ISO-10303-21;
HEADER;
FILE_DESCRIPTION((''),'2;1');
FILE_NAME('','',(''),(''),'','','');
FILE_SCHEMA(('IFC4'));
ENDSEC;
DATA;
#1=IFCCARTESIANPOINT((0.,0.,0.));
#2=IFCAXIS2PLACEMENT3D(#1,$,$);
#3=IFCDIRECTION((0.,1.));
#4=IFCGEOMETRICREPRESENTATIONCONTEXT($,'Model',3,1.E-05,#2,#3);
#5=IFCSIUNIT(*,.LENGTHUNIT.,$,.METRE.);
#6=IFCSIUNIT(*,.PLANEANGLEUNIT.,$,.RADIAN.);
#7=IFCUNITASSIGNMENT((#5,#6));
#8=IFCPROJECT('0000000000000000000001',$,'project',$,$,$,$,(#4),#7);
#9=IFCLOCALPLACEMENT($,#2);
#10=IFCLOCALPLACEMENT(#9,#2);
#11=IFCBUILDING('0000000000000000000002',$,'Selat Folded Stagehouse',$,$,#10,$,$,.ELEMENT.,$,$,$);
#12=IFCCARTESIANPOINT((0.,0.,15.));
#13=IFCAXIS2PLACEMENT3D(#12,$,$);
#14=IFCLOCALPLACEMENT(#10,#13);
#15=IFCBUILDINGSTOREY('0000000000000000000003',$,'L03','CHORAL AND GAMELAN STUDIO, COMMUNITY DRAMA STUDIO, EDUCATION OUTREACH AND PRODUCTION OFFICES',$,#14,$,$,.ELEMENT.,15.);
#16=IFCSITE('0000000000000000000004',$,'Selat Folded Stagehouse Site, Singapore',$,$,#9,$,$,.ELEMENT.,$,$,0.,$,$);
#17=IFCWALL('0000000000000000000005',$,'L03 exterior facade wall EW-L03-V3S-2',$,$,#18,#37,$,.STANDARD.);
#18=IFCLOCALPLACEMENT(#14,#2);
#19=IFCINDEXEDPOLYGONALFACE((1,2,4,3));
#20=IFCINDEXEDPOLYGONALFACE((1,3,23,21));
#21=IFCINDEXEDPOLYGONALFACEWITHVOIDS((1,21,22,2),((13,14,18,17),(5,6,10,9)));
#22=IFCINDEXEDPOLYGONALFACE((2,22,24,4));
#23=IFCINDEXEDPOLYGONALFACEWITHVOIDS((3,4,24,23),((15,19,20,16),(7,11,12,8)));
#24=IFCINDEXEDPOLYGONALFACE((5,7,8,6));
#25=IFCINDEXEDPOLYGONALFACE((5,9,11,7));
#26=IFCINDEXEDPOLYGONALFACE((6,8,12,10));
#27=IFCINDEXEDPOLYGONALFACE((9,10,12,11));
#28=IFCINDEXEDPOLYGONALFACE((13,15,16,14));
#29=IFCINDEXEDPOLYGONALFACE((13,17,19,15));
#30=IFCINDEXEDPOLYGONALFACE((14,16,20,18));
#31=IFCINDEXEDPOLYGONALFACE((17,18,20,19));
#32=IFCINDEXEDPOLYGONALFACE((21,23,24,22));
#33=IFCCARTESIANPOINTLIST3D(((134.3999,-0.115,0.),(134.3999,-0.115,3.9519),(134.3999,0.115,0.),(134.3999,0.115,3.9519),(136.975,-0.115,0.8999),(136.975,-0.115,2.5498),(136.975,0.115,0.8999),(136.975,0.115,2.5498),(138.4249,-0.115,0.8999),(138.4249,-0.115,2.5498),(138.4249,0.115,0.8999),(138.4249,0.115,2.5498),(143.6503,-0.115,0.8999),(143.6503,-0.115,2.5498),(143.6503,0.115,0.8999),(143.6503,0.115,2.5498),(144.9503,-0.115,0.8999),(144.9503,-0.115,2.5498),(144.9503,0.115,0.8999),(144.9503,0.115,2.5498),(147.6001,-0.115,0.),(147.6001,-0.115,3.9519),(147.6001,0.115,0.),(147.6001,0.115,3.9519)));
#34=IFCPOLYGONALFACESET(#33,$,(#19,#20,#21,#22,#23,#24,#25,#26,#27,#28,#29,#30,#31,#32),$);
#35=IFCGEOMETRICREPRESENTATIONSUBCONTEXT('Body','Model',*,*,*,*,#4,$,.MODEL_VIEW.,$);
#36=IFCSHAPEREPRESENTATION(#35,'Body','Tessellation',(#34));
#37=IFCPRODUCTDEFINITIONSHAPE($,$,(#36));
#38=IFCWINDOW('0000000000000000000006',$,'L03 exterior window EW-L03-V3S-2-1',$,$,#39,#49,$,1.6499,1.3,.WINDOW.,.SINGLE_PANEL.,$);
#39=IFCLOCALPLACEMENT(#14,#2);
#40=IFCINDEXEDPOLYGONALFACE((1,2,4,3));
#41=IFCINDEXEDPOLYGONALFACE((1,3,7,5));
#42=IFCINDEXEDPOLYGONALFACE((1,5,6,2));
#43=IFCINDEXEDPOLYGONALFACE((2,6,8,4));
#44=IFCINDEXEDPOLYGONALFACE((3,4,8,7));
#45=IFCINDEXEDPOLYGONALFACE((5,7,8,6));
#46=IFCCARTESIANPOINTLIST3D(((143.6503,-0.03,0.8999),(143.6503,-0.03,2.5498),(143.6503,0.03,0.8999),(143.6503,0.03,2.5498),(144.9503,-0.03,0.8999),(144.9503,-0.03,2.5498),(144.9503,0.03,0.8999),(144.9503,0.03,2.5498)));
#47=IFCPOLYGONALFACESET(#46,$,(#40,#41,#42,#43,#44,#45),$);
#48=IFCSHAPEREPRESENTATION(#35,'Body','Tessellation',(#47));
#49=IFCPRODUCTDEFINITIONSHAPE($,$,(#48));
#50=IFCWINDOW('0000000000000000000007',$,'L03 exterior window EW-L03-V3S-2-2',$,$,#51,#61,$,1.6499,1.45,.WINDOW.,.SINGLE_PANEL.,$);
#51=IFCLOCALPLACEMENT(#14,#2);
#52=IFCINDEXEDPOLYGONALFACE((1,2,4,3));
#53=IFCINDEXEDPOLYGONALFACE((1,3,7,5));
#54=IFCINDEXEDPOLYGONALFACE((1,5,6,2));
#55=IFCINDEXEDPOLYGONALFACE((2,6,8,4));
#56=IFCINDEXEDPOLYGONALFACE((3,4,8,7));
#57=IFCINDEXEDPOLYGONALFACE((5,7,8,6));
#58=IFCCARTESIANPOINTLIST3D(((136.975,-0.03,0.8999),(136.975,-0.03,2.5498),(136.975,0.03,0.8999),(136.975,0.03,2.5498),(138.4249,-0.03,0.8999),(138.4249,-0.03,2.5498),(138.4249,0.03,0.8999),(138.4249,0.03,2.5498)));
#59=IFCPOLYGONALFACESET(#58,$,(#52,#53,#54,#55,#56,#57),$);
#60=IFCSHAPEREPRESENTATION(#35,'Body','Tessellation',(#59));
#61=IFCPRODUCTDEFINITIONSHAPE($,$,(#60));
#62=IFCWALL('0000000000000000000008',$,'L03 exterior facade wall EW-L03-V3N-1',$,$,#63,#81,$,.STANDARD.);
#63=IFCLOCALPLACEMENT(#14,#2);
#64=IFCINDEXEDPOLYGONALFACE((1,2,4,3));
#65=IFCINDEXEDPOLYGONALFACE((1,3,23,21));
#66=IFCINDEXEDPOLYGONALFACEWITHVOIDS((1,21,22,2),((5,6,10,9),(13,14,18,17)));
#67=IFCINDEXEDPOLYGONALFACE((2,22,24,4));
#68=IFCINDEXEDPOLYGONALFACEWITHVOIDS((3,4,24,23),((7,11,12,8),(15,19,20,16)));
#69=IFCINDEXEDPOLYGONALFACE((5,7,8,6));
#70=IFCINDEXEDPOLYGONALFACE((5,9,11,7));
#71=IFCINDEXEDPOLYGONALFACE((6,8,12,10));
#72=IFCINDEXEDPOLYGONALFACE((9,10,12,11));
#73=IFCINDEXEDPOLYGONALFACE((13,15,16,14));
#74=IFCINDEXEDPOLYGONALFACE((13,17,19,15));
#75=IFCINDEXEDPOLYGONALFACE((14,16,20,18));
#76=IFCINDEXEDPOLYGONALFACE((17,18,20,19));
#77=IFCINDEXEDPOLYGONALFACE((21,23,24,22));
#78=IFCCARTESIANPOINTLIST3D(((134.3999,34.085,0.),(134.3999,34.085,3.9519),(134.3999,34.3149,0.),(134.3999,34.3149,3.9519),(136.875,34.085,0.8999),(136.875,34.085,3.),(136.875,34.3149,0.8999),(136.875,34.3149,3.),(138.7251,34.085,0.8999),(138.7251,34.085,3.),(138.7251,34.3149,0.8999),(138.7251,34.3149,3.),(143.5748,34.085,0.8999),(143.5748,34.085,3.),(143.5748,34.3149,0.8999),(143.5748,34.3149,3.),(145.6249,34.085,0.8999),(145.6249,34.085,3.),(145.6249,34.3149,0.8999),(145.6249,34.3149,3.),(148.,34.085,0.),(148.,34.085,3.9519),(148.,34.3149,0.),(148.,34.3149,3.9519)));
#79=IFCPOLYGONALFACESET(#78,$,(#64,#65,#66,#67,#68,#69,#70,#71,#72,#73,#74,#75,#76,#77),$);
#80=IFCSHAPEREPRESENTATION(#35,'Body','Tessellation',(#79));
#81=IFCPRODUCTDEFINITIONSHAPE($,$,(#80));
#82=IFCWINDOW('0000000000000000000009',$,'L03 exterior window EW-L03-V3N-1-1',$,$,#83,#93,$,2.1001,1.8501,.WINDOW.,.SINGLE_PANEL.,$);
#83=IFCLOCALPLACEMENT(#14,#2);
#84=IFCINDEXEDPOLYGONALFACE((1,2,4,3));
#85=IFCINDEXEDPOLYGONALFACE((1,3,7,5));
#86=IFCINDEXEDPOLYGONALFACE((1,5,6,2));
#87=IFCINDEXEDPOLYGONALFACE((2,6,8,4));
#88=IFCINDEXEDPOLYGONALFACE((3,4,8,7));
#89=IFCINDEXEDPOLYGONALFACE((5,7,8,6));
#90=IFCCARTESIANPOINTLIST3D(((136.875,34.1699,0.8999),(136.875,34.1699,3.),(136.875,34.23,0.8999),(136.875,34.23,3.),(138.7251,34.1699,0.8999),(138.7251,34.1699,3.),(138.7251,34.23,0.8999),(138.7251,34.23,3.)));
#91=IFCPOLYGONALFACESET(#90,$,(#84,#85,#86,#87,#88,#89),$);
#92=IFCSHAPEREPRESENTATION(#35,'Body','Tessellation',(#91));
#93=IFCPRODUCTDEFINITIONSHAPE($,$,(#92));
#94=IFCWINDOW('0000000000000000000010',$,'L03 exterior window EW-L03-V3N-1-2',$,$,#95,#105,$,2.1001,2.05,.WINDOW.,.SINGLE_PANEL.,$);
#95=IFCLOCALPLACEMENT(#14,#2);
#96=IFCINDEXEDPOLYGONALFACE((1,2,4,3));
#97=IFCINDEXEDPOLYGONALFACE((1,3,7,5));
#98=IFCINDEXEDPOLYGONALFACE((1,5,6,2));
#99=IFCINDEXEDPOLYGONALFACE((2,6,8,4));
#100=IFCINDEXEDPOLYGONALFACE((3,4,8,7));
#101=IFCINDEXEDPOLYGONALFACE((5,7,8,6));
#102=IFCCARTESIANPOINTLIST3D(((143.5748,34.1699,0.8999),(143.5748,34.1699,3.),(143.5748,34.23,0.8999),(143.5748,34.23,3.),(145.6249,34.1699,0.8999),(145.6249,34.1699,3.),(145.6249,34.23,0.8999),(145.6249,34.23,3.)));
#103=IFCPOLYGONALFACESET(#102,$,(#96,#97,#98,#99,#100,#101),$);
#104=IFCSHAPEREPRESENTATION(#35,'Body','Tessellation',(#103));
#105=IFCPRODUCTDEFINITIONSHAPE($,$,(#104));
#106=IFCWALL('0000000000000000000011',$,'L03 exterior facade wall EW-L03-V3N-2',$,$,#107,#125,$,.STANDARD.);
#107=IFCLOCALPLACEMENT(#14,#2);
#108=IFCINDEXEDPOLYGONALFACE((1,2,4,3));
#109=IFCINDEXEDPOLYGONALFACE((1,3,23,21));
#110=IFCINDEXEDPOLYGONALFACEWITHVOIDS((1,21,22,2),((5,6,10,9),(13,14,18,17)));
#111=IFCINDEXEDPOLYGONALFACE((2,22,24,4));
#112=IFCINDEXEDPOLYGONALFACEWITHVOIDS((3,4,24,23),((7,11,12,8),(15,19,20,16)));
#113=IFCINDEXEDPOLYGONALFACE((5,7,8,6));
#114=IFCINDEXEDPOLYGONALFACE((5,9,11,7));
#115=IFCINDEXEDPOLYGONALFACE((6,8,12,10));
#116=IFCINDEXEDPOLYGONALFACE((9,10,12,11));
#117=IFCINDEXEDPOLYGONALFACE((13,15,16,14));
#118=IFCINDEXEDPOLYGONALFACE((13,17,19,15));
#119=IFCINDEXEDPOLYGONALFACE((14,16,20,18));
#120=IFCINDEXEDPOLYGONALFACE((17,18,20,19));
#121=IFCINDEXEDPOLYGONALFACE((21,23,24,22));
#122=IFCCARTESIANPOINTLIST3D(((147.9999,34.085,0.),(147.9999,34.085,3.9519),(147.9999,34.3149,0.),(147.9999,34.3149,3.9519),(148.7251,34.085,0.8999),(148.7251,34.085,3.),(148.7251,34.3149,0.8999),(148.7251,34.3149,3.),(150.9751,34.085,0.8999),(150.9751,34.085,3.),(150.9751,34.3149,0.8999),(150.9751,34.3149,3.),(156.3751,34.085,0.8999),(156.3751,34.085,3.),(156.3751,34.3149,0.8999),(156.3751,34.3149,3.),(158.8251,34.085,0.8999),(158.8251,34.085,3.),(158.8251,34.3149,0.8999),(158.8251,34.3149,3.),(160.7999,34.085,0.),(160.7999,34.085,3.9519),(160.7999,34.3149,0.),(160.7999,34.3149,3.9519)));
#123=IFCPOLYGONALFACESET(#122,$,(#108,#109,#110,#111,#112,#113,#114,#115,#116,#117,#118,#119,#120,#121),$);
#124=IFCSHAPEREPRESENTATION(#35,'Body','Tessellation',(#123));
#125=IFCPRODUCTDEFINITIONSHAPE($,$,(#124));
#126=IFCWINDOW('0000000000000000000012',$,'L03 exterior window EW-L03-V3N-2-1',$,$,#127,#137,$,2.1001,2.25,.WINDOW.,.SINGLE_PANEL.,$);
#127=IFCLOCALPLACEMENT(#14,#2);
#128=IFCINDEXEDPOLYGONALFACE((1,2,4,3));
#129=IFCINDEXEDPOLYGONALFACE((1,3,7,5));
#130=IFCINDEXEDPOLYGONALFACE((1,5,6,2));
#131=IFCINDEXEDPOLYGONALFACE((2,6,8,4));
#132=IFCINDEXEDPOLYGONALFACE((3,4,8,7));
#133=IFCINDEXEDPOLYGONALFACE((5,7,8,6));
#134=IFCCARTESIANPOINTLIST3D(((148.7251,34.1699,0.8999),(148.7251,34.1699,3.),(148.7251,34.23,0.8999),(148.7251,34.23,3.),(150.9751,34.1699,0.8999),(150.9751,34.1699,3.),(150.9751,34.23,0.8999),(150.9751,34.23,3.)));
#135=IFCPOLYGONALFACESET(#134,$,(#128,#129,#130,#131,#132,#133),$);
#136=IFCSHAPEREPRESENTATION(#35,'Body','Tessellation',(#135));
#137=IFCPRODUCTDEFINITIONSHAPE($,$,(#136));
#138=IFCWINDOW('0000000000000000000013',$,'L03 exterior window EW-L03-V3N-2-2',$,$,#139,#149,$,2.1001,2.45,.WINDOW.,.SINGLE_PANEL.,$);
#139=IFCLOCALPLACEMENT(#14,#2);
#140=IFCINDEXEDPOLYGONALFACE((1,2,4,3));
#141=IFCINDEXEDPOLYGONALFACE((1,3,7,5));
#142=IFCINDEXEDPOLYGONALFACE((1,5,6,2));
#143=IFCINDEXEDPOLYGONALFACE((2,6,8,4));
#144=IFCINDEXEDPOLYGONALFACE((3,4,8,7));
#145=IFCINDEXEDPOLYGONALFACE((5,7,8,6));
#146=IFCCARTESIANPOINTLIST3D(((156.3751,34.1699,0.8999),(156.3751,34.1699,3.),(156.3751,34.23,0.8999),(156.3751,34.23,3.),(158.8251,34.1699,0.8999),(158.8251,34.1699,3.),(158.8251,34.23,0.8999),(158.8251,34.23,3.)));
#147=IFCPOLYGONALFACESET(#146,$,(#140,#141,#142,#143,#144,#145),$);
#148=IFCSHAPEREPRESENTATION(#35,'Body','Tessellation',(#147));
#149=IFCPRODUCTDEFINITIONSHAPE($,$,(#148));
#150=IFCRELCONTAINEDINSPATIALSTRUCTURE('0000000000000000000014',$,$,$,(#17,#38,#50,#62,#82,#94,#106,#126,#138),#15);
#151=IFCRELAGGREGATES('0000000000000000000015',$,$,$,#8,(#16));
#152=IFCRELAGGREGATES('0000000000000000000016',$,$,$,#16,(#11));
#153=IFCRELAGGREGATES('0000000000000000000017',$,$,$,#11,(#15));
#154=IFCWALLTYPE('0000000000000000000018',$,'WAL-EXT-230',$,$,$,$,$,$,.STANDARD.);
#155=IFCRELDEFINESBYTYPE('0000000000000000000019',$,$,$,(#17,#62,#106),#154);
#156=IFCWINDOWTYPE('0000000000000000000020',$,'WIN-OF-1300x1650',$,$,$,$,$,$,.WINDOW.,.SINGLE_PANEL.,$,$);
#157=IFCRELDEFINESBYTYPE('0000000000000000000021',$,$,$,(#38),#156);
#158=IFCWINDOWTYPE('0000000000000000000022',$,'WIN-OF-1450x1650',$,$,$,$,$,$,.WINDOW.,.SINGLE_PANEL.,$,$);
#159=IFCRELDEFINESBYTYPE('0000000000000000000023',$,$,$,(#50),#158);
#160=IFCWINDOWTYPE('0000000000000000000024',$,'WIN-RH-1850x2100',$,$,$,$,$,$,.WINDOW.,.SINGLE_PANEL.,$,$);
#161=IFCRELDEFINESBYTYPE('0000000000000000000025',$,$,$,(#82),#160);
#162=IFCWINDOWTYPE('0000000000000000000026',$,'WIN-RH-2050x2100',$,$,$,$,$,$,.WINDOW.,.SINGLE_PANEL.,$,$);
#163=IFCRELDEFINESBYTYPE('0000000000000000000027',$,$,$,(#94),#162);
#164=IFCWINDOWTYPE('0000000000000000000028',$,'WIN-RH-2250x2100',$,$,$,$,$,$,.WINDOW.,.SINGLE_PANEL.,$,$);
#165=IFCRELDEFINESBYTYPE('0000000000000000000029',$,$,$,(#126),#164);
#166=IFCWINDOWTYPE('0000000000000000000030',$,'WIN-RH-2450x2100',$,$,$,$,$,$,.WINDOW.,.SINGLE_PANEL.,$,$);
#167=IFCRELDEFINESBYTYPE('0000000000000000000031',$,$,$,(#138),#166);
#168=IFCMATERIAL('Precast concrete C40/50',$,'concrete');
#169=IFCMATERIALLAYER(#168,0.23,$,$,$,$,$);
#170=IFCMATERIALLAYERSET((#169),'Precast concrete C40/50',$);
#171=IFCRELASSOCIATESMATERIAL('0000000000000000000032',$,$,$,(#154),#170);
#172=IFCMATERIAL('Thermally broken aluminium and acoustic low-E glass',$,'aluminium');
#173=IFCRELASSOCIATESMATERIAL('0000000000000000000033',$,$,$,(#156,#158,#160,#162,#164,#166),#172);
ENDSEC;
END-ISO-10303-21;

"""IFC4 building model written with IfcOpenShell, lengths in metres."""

from ifc_helpers import new_model, si_unit, direction, frame, frame_2d, origin, place, context, subcontext, project, spatial, rectangle, extrude, material, layer, layer_set, type_object, element, fill, save


model = new_model("IFC4")

# Units and contexts
model_context = context("Model", 3, precision=1e-05, world=origin(), true_north=direction((0.0, 1.0)))
body_context = subcontext(model_context, "Body", "Model", "MODEL_VIEW")
ifc_project = project(units=[si_unit("LENGTHUNIT", "METRE"), si_unit("PLANEANGLEUNIT", "RADIAN")], contexts=[model_context])

# Site, building, storey
site_placement = place(None, origin())
site = spatial("IfcSite", under=ifc_project, at=site_placement, Name="Selat Folded Stagehouse Site, Singapore", CompositionType="ELEMENT", RefElevation=0.0)
building_placement = place(site_placement, origin())
building = spatial("IfcBuilding", under=site, at=building_placement, Name="Selat Folded Stagehouse", CompositionType="ELEMENT")
storey_placement = place(building_placement, frame((0.0, 0.0, 15.0)))
storey = spatial("IfcBuildingStorey", under=building, at=storey_placement, Name="L03", Description="CHORAL AND GAMELAN STUDIO, COMMUNITY DRAMA STUDIO, EDUCATION OUTREACH AND PRODUCTION OFFICES", CompositionType="ELEMENT", Elevation=15.0)

# Walls, openings, windows
ifc_material_1 = material(Name="Precast concrete C40/50", Category="concrete")
ifc_layer_1 = layer(ifc_material_1, 0.23)
ifc_layer_set_1 = layer_set([ifc_layer_1], Name="Precast concrete C40/50")
wall_type_1 = type_object("IfcWallType", Name="WAL-EXT-230", PredefinedType="STANDARD", material=ifc_layer_set_1)
wall_1_placement = place(storey_placement, frame((147.6001, 0.0, 0.0), z_axis=(0.0, 0.0, 1.0), x_axis=(-1.0, 0.0, 0.0)))
wall_1 = element("IfcWall", 1, at=wall_1_placement, inside=storey, type_object=wall_type_1, Name="L03 exterior facade wall EW-L03-V3S-2", PredefinedType="STANDARD", context=body_context, shape_type="SweptSolid", body=[
    extrude(rectangle(XDim=13.2002, YDim=0.23, at=frame_2d((6.6001, 0.0))), origin(), (0.0, 0.0, 1.0), 3.9519),
])
opening_1_placement = place(wall_1_placement, frame((2.6499, 0.0, 0.8999)))
opening_1 = element("IfcOpeningElement", 2, at=opening_1_placement, cuts=wall_1, PredefinedType="OPENING", context=body_context, shape_type="SweptSolid", body=[
    extrude(rectangle(XDim=1.3, YDim=1.6499, at=frame_2d((0.6499, 0.825))), frame((0.0, 0.125, 0.0), z_axis=(0.0, -1.0, 0.0), x_axis=(1.0, 0.0, 0.0)), (0.0, 0.0, 1.0), 0.25),
])
opening_2_placement = place(wall_1_placement, frame((9.175, 0.0, 0.8999)))
opening_2 = element("IfcOpeningElement", 3, at=opening_2_placement, cuts=wall_1, PredefinedType="OPENING", context=body_context, shape_type="SweptSolid", body=[
    extrude(rectangle(XDim=1.45, YDim=1.6499, at=frame_2d((0.7251, 0.825))), frame((0.0, 0.125, 0.0), z_axis=(0.0, -1.0, 0.0), x_axis=(1.0, 0.0, 0.0)), (0.0, 0.0, 1.0), 0.25),
])
ifc_material_2 = material(Name="Thermally broken aluminium and acoustic low-E glass", Category="aluminium")
window_type_1 = type_object("IfcWindowType", Name="WIN-OF-1300x1650", PartitioningType="SINGLE_PANEL", PredefinedType="WINDOW", material=ifc_material_2)
window_1_placement = place(opening_1_placement, origin())
window_1 = element("IfcWindow", 4, at=window_1_placement, inside=storey, type_object=window_type_1, Name="L03 exterior window EW-L03-V3S-2-1", OverallHeight=1.6499, OverallWidth=1.3, PartitioningType="SINGLE_PANEL", PredefinedType="WINDOW", context=body_context, shape_type="SweptSolid", body=[
    extrude(rectangle(XDim=1.3, YDim=1.6499, at=frame_2d((0.6499, 0.825))), frame((0.0, 0.03, 0.0), z_axis=(0.0, -1.0, 0.0), x_axis=(1.0, 0.0, 0.0)), (0.0, 0.0, 1.0), 0.0601),
])
fill(opening_1, window_1)
window_type_2 = type_object("IfcWindowType", Name="WIN-OF-1450x1650", PartitioningType="SINGLE_PANEL", PredefinedType="WINDOW", material=ifc_material_2)
window_2_placement = place(opening_2_placement, origin())
window_2 = element("IfcWindow", 5, at=window_2_placement, inside=storey, type_object=window_type_2, Name="L03 exterior window EW-L03-V3S-2-2", OverallHeight=1.6499, OverallWidth=1.45, PartitioningType="SINGLE_PANEL", PredefinedType="WINDOW", context=body_context, shape_type="SweptSolid", body=[
    extrude(rectangle(XDim=1.45, YDim=1.6499, at=frame_2d((0.7251, 0.825))), frame((0.0, 0.03, 0.0), z_axis=(0.0, -1.0, 0.0), x_axis=(1.0, 0.0, 0.0)), (0.0, 0.0, 1.0), 0.0601),
])
fill(opening_2, window_2)
wall_2_placement = place(storey_placement, frame((134.3999, 34.2, 0.0), z_axis=(0.0, 0.0, 1.0), x_axis=(1.0, 0.0, 0.0)))
wall_2 = element("IfcWall", 6, at=wall_2_placement, inside=storey, type_object=wall_type_1, Name="L03 exterior facade wall EW-L03-V3N-1", PredefinedType="STANDARD", context=body_context, shape_type="SweptSolid", body=[
    extrude(rectangle(XDim=13.6001, YDim=0.23, at=frame_2d((6.8, 0.0))), origin(), (0.0, 0.0, 1.0), 3.9519),
])
opening_3_placement = place(wall_2_placement, frame((2.4751, 0.0, 0.8999)))
opening_3 = element("IfcOpeningElement", 7, at=opening_3_placement, cuts=wall_2, PredefinedType="OPENING", context=body_context, shape_type="SweptSolid", body=[
    extrude(rectangle(XDim=1.8501, YDim=2.1001, at=frame_2d((0.925, 1.05))), frame((0.0, 0.125, 0.0), z_axis=(0.0, -1.0, 0.0), x_axis=(1.0, 0.0, 0.0)), (0.0, 0.0, 1.0), 0.25),
])
opening_4_placement = place(wall_2_placement, frame((9.175, 0.0, 0.8999)))
opening_4 = element("IfcOpeningElement", 8, at=opening_4_placement, cuts=wall_2, PredefinedType="OPENING", context=body_context, shape_type="SweptSolid", body=[
    extrude(rectangle(XDim=2.05, YDim=2.1001, at=frame_2d((1.0249, 1.05))), frame((0.0, 0.125, 0.0), z_axis=(0.0, -1.0, 0.0), x_axis=(1.0, 0.0, 0.0)), (0.0, 0.0, 1.0), 0.25),
])
window_type_3 = type_object("IfcWindowType", Name="WIN-RH-1850x2100", PartitioningType="SINGLE_PANEL", PredefinedType="WINDOW", material=ifc_material_2)
window_3_placement = place(opening_3_placement, origin())
window_3 = element("IfcWindow", 9, at=window_3_placement, inside=storey, type_object=window_type_3, Name="L03 exterior window EW-L03-V3N-1-1", OverallHeight=2.1001, OverallWidth=1.8501, PartitioningType="SINGLE_PANEL", PredefinedType="WINDOW", context=body_context, shape_type="SweptSolid", body=[
    extrude(rectangle(XDim=1.8501, YDim=2.1001, at=frame_2d((0.925, 1.05))), frame((0.0, 0.03, 0.0), z_axis=(0.0, -1.0, 0.0), x_axis=(1.0, 0.0, 0.0)), (0.0, 0.0, 1.0), 0.0601),
])
fill(opening_3, window_3)
window_type_4 = type_object("IfcWindowType", Name="WIN-RH-2050x2100", PartitioningType="SINGLE_PANEL", PredefinedType="WINDOW", material=ifc_material_2)
window_4_placement = place(opening_4_placement, origin())
window_4 = element("IfcWindow", 10, at=window_4_placement, inside=storey, type_object=window_type_4, Name="L03 exterior window EW-L03-V3N-1-2", OverallHeight=2.1001, OverallWidth=2.05, PartitioningType="SINGLE_PANEL", PredefinedType="WINDOW", context=body_context, shape_type="SweptSolid", body=[
    extrude(rectangle(XDim=2.05, YDim=2.1001, at=frame_2d((1.0249, 1.05))), frame((0.0, 0.03, 0.0), z_axis=(0.0, -1.0, 0.0), x_axis=(1.0, 0.0, 0.0)), (0.0, 0.0, 1.0), 0.0601),
])
fill(opening_4, window_4)
wall_3_placement = place(storey_placement, frame((148.0, 34.2, 0.0), z_axis=(0.0, 0.0, 1.0), x_axis=(1.0, 0.0, 0.0)))
wall_3 = element("IfcWall", 11, at=wall_3_placement, inside=storey, type_object=wall_type_1, Name="L03 exterior facade wall EW-L03-V3N-2", PredefinedType="STANDARD", context=body_context, shape_type="SweptSolid", body=[
    extrude(rectangle(XDim=12.8, YDim=0.23, at=frame_2d((6.3999, 0.0))), origin(), (0.0, 0.0, 1.0), 3.9519),
])
opening_5_placement = place(wall_3_placement, frame((0.7251, 0.0, 0.8999)))
opening_5 = element("IfcOpeningElement", 12, at=opening_5_placement, cuts=wall_3, PredefinedType="OPENING", context=body_context, shape_type="SweptSolid", body=[
    extrude(rectangle(XDim=2.25, YDim=2.1001, at=frame_2d((1.125, 1.05))), frame((0.0, 0.125, 0.0), z_axis=(0.0, -1.0, 0.0), x_axis=(1.0, 0.0, 0.0)), (0.0, 0.0, 1.0), 0.25),
])
opening_6_placement = place(wall_3_placement, frame((8.375, 0.0, 0.8999)))
opening_6 = element("IfcOpeningElement", 13, at=opening_6_placement, cuts=wall_3, PredefinedType="OPENING", context=body_context, shape_type="SweptSolid", body=[
    extrude(rectangle(XDim=2.45, YDim=2.1001, at=frame_2d((1.2251, 1.05))), frame((0.0, 0.125, 0.0), z_axis=(0.0, -1.0, 0.0), x_axis=(1.0, 0.0, 0.0)), (0.0, 0.0, 1.0), 0.25),
])
window_type_5 = type_object("IfcWindowType", Name="WIN-RH-2250x2100", PartitioningType="SINGLE_PANEL", PredefinedType="WINDOW", material=ifc_material_2)
window_5_placement = place(opening_5_placement, origin())
window_5 = element("IfcWindow", 14, at=window_5_placement, inside=storey, type_object=window_type_5, Name="L03 exterior window EW-L03-V3N-2-1", OverallHeight=2.1001, OverallWidth=2.25, PartitioningType="SINGLE_PANEL", PredefinedType="WINDOW", context=body_context, shape_type="SweptSolid", body=[
    extrude(rectangle(XDim=2.25, YDim=2.1001, at=frame_2d((1.125, 1.05))), frame((0.0, 0.03, 0.0), z_axis=(0.0, -1.0, 0.0), x_axis=(1.0, 0.0, 0.0)), (0.0, 0.0, 1.0), 0.0601),
])
fill(opening_5, window_5)
window_type_6 = type_object("IfcWindowType", Name="WIN-RH-2450x2100", PartitioningType="SINGLE_PANEL", PredefinedType="WINDOW", material=ifc_material_2)
window_6_placement = place(opening_6_placement, origin())
window_6 = element("IfcWindow", 15, at=window_6_placement, inside=storey, type_object=window_type_6, Name="L03 exterior window EW-L03-V3N-2-2", OverallHeight=2.1001, OverallWidth=2.45, PartitioningType="SINGLE_PANEL", PredefinedType="WINDOW", context=body_context, shape_type="SweptSolid", body=[
    extrude(rectangle(XDim=2.45, YDim=2.1001, at=frame_2d((1.2251, 1.05))), frame((0.0, 0.03, 0.0), z_axis=(0.0, -1.0, 0.0), x_axis=(1.0, 0.0, 0.0)), (0.0, 0.0, 1.0), 0.0601),
])
fill(opening_6, window_6)

save(model, "model.ifc")
